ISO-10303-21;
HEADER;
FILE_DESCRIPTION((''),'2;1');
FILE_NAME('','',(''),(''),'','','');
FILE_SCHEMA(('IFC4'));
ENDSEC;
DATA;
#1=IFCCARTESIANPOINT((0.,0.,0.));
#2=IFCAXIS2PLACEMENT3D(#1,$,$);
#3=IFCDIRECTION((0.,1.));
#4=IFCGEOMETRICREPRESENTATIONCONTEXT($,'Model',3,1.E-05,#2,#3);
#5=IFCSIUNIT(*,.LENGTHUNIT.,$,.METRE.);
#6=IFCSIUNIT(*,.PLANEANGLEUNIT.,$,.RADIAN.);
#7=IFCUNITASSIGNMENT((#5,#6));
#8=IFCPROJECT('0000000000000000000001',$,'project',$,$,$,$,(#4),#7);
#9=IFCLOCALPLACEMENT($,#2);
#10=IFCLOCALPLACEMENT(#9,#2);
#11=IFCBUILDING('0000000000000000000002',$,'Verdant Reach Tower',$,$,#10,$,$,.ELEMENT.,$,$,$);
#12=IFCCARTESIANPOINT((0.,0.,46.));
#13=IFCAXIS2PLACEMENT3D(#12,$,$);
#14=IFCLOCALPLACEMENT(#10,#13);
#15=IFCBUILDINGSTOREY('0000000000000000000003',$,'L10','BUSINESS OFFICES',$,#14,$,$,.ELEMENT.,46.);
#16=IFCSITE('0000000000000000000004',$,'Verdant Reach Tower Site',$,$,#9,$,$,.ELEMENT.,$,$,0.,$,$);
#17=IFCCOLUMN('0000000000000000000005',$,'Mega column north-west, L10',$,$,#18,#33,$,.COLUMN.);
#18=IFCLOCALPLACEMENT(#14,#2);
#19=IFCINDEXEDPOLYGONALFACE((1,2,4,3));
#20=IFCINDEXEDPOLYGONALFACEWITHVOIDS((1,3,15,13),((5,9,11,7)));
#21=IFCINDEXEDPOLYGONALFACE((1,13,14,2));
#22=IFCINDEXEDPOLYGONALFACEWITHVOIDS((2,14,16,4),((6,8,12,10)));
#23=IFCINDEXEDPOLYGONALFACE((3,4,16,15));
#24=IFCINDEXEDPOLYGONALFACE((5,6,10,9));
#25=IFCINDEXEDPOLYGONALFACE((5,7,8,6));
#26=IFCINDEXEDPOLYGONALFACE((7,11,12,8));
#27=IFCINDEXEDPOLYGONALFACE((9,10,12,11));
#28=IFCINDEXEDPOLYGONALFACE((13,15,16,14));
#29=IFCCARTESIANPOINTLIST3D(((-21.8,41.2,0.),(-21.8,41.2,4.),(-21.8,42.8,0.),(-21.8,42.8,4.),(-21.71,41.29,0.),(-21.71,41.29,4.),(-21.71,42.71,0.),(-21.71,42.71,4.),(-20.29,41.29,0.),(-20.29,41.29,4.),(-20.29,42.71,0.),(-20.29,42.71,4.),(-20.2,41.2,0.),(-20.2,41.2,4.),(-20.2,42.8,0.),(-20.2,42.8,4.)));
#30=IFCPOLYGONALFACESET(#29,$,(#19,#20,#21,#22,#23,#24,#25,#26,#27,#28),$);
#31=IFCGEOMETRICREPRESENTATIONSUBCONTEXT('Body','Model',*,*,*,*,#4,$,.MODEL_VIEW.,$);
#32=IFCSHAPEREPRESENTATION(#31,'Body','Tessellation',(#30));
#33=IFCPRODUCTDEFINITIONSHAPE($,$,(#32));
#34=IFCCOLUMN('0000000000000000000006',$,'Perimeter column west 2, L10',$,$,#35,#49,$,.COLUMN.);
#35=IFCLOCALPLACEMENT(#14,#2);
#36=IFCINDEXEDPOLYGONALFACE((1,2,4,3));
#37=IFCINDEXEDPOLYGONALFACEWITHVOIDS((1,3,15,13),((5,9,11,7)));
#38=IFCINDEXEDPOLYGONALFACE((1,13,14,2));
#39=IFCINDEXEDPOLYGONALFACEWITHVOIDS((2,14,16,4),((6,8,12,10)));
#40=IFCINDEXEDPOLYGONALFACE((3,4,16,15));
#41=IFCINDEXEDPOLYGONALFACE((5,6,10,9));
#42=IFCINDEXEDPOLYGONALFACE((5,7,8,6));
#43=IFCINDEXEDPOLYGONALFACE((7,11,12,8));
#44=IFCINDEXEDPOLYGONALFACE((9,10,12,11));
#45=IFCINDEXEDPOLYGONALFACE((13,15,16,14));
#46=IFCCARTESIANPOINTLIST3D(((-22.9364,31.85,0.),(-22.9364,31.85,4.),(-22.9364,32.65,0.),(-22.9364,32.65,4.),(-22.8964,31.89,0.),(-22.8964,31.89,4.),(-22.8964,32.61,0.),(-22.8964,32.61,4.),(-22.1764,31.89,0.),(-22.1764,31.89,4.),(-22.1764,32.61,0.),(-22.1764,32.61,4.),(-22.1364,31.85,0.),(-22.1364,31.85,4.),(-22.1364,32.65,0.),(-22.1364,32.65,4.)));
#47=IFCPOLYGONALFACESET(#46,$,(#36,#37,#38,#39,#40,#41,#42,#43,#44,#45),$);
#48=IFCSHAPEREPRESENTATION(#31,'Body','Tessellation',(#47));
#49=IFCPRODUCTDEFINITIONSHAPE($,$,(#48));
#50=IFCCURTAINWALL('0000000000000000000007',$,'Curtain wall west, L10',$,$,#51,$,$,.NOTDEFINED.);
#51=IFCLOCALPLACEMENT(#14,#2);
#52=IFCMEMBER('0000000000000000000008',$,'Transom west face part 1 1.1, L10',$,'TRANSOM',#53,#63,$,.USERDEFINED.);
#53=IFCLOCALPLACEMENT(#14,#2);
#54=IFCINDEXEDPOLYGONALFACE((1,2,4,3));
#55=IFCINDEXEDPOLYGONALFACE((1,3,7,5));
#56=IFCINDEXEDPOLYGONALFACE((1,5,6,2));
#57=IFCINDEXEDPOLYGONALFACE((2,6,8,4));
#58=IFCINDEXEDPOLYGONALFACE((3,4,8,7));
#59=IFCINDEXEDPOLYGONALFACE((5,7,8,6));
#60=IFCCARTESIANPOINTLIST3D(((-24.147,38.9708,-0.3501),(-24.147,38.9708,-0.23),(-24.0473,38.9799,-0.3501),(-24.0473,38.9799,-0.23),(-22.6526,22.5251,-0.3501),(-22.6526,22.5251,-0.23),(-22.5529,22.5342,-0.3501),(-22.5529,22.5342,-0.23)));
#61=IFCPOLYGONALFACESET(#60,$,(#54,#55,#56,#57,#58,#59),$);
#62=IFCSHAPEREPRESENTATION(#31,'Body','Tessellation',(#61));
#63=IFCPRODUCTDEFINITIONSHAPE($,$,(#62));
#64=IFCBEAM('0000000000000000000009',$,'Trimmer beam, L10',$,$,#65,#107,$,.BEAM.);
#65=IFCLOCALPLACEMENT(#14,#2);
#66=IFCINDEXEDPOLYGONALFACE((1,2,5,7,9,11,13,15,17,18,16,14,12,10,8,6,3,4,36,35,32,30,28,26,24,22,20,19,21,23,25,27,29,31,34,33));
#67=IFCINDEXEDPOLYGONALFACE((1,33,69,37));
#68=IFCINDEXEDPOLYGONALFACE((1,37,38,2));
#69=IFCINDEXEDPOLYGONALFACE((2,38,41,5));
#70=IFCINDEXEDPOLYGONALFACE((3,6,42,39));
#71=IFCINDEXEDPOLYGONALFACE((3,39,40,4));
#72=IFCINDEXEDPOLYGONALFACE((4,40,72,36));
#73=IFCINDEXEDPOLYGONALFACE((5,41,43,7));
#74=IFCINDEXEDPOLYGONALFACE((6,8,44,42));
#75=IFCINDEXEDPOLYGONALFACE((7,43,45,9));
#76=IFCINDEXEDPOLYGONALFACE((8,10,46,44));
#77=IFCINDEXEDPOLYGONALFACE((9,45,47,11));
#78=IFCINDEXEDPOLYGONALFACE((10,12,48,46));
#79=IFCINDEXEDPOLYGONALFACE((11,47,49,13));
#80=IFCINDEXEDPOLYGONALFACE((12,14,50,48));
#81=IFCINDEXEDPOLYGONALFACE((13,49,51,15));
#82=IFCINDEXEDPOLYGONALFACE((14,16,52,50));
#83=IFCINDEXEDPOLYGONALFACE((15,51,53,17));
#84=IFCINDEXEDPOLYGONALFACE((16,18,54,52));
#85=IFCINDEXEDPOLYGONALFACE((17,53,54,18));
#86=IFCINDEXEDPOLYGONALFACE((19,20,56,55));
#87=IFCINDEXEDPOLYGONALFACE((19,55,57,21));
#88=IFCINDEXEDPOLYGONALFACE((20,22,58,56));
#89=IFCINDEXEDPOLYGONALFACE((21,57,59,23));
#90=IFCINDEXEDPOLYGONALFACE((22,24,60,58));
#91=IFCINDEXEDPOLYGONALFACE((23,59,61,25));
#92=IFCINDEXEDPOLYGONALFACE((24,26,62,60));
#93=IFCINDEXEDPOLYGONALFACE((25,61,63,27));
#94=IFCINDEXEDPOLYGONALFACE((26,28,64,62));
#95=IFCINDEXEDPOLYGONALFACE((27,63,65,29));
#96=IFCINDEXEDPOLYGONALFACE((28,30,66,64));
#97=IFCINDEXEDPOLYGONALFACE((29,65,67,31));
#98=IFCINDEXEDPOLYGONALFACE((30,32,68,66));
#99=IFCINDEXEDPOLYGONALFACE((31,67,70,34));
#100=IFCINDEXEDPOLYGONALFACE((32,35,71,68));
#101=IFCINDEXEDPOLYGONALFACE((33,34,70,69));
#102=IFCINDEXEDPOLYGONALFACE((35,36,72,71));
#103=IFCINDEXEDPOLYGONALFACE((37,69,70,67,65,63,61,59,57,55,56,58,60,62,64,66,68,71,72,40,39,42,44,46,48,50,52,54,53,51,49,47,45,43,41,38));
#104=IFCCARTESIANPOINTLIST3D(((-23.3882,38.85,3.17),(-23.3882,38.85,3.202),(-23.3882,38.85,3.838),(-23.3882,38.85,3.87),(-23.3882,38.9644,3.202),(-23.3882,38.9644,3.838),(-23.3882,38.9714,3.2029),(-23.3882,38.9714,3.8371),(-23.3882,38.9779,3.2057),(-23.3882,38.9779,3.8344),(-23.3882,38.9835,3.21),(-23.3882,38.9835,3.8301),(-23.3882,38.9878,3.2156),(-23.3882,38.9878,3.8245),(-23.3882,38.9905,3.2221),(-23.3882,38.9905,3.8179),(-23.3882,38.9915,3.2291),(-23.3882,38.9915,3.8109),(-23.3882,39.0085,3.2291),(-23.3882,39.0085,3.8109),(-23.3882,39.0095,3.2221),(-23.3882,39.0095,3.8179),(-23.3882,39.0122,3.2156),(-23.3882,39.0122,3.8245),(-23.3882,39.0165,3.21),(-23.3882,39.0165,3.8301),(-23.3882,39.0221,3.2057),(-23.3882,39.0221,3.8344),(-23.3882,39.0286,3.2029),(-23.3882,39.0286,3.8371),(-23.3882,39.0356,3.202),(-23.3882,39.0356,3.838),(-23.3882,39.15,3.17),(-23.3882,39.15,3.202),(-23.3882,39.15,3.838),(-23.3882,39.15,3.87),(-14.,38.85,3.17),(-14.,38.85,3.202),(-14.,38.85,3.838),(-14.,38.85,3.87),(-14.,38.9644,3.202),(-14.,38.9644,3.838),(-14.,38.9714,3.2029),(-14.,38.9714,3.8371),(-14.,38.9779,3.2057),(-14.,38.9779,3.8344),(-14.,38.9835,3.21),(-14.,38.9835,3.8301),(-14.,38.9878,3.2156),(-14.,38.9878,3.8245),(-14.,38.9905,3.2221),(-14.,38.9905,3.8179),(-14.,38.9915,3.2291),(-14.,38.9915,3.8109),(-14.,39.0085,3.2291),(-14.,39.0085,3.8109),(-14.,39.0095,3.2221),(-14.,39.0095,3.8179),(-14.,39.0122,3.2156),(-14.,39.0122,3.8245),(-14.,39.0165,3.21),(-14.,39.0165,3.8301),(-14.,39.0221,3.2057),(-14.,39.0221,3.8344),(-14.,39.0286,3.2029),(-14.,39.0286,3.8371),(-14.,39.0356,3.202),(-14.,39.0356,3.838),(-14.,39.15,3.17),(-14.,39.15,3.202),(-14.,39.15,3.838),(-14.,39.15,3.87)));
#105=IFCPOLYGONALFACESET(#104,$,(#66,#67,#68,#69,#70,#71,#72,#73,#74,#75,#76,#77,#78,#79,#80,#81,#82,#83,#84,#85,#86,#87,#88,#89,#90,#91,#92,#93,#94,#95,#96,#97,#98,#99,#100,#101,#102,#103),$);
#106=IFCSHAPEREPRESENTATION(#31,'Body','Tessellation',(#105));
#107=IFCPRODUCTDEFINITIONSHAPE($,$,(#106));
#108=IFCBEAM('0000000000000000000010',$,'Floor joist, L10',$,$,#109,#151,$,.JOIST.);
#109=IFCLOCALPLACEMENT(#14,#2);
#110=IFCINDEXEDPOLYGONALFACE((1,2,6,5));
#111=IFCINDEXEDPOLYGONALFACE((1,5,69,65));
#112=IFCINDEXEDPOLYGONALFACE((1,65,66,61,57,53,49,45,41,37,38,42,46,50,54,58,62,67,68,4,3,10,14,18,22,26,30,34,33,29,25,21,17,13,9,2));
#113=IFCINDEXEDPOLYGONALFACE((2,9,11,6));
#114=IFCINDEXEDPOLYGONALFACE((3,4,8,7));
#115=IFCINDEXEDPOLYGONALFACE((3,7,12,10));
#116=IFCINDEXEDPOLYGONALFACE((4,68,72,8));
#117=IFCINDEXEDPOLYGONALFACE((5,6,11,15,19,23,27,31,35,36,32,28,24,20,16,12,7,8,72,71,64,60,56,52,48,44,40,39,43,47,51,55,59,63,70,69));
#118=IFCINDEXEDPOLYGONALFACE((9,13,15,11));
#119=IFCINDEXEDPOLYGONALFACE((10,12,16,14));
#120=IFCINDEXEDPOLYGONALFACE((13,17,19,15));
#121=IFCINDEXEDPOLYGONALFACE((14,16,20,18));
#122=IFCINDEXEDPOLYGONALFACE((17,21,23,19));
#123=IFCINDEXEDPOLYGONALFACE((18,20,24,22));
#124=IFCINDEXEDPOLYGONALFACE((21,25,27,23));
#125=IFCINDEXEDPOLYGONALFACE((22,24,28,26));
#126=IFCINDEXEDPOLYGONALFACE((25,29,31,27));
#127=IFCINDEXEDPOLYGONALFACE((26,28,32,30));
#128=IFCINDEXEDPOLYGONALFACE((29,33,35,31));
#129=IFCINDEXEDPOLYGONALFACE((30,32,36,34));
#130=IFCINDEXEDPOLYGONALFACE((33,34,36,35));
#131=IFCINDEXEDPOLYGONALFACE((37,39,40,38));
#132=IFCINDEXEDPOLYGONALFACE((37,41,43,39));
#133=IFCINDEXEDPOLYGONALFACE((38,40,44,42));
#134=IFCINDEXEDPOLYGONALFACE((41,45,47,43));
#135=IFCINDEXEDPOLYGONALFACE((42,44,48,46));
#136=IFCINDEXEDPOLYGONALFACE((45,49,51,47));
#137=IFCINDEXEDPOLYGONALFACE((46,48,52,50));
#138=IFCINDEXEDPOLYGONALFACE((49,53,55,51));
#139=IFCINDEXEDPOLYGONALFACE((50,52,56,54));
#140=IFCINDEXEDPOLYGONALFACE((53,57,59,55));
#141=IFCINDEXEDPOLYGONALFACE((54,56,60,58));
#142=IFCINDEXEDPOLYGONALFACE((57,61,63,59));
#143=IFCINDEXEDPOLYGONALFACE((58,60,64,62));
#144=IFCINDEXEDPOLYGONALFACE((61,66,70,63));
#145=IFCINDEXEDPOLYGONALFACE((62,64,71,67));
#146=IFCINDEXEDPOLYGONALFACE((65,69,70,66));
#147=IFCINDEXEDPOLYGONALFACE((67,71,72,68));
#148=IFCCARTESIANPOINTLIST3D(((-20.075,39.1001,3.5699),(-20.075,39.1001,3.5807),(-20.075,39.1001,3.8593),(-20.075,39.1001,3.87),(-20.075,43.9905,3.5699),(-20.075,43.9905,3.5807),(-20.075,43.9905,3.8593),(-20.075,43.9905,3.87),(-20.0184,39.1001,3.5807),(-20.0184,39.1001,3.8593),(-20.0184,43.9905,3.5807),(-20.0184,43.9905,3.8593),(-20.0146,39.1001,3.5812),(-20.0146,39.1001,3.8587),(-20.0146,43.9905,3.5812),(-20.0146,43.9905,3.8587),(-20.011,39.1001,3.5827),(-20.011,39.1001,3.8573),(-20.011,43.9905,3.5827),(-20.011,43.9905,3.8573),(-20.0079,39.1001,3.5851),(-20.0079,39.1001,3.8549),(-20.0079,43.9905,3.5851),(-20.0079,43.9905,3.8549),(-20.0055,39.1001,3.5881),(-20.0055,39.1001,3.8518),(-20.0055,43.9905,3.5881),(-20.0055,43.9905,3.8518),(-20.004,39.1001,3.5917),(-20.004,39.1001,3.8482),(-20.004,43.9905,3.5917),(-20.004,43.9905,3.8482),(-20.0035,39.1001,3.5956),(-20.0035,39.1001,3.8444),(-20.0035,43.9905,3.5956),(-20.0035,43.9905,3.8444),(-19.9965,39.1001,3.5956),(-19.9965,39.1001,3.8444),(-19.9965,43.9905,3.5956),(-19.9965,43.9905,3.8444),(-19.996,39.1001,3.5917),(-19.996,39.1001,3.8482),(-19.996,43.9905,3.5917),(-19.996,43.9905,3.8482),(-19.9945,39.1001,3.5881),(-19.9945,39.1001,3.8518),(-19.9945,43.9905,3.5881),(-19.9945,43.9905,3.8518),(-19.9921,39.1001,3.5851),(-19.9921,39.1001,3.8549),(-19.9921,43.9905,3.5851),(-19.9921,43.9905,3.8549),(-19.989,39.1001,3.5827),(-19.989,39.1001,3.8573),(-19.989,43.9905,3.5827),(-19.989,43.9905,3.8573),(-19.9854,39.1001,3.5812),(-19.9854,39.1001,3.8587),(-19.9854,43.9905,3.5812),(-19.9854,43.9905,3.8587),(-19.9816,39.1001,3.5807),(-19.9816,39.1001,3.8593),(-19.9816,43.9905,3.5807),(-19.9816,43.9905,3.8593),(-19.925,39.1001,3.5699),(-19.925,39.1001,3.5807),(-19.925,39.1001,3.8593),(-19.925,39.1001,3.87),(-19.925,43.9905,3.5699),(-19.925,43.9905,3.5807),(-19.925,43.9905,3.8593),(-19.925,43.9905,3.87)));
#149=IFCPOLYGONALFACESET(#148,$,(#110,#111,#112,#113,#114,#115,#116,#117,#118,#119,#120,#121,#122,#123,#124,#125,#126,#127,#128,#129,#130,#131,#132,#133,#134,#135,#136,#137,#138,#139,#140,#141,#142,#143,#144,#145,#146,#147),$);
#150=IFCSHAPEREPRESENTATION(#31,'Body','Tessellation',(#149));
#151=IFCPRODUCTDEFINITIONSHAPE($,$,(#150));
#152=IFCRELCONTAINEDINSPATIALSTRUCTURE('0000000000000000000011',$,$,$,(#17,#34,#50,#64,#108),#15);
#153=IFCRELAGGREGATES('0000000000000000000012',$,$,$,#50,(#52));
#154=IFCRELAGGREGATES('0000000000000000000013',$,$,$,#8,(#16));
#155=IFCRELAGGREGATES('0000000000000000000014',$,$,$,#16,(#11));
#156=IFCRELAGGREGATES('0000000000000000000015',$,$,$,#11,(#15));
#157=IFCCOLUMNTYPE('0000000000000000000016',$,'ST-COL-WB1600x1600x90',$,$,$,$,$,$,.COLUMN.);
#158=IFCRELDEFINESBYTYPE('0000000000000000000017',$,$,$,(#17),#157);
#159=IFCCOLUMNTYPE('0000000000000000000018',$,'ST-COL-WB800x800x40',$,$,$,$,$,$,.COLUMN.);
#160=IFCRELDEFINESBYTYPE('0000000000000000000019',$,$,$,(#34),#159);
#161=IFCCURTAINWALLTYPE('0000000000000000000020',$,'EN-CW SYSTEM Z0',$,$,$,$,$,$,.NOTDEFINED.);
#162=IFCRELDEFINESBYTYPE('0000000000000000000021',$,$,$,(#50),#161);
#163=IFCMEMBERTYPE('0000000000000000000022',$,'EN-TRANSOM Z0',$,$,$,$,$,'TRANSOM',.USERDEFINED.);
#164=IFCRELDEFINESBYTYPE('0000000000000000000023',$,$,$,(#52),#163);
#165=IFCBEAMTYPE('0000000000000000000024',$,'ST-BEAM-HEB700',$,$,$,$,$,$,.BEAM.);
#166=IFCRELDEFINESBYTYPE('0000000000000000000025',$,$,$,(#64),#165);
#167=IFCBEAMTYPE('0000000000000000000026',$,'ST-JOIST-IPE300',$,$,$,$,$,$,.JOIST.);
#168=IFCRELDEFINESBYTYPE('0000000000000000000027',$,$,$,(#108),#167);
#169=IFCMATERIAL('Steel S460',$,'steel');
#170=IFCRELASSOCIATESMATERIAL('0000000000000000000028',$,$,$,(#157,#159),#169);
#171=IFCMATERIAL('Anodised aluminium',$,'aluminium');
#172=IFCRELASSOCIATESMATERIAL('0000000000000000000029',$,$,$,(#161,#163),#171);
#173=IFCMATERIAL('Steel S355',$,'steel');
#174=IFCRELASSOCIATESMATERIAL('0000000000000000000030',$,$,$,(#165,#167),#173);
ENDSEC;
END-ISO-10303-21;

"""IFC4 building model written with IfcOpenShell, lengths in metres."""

from ifc_helpers import new_model, si_unit, direction, frame, origin, origin_2d, place, context, subcontext, project, spatial, rectangle, hollow_rectangle, i_section, extrude, material, material_profile, profile_set, type_object, element, aggregate, save


model = new_model("IFC4")

# Units and contexts
model_context = context("Model", 3, precision=1e-05, world=origin(), true_north=direction((0.0, 1.0)))
body_context = subcontext(model_context, "Body", "Model", "MODEL_VIEW")
ifc_project = project(units=[si_unit("LENGTHUNIT", "METRE"), si_unit("PLANEANGLEUNIT", "RADIAN")], contexts=[model_context])

# Site, building, storey
site_placement = place(None, origin())
site = spatial("IfcSite", under=ifc_project, at=site_placement, Name="Verdant Reach Tower Site", CompositionType="ELEMENT", RefElevation=0.0)
building_placement = place(site_placement, origin())
building = spatial("IfcBuilding", under=site, at=building_placement, Name="Verdant Reach Tower", CompositionType="ELEMENT")
storey_placement = place(building_placement, frame((0.0, 0.0, 46.0)))
storey = spatial("IfcBuildingStorey", under=building, at=storey_placement, Name="L10", Description="BUSINESS OFFICES", CompositionType="ELEMENT", Elevation=46.0)

# Columns
ifc_material_1 = material(Name="Steel S460", Category="steel")
ifc_material_profile_1 = material_profile(ifc_material_1, hollow_rectangle(XDim=1.6001, YDim=1.6001, WallThickness=0.0901, at=origin_2d()), Name="WB 1600x1600x90")
ifc_profile_set_1 = profile_set([ifc_material_profile_1], Name="Steel S460")
column_type_1 = type_object("IfcColumnType", Name="ST-COL-WB1600x1600x90", PredefinedType="COLUMN", material=ifc_profile_set_1)
column_1_placement = place(storey_placement, frame((-21.0, 42.0, 0.0), z_axis=(0.0, 0.0, 1.0), x_axis=(1.0, 0.0, 0.0)))
element("IfcColumn", 1, at=column_1_placement, inside=storey, type_object=column_type_1, Name="Mega column north-west, L10", PredefinedType="COLUMN", context=body_context, shape_type="SweptSolid", body=[
    extrude(hollow_rectangle(XDim=1.6001, YDim=1.6001, WallThickness=0.0901, at=origin_2d()), origin(), (0.0, 0.0, 1.0), 4.0),
])
ifc_material_profile_2 = material_profile(ifc_material_1, hollow_rectangle(XDim=0.8, YDim=0.8, WallThickness=0.04, at=origin_2d()), Name="WB 800x800x40")
ifc_profile_set_2 = profile_set([ifc_material_profile_2], Name="Steel S460")
column_type_2 = type_object("IfcColumnType", Name="ST-COL-WB800x800x40", PredefinedType="COLUMN", material=ifc_profile_set_2)
column_2_placement = place(storey_placement, frame((-22.5364, 32.25, 0.0), z_axis=(0.0, 0.0, 1.0), x_axis=(1.0, 0.0, 0.0)))
element("IfcColumn", 2, at=column_2_placement, inside=storey, type_object=column_type_2, Name="Perimeter column west 2, L10", PredefinedType="COLUMN", context=body_context, shape_type="SweptSolid", body=[
    extrude(hollow_rectangle(XDim=0.8, YDim=0.8, WallThickness=0.04, at=origin_2d()), origin(), (0.0, 0.0, 1.0), 4.0),
])

# Curtain wall, member
ifc_material_2 = material(Name="Anodised aluminium", Category="aluminium")
curtain_wall_type = type_object("IfcCurtainWallType", Name="EN-CW SYSTEM Z0", PredefinedType="NOTDEFINED", material=ifc_material_2)
curtain_wall_1_placement = place(storey_placement, origin())
curtain_wall_1 = element("IfcCurtainWall", 3, at=curtain_wall_1_placement, inside=storey, type_object=curtain_wall_type, Name="Curtain wall west, L10", PredefinedType="NOTDEFINED")
ifc_material_profile_3 = material_profile(ifc_material_2, rectangle(XDim=0.1001, YDim=0.1201, at=origin_2d()), Name="Transom 120x100")
ifc_profile_set_3 = profile_set([ifc_material_profile_3], Name="Anodised aluminium")
member_type = type_object("IfcMemberType", Name="EN-TRANSOM Z0", ElementType="TRANSOM", PredefinedType="USERDEFINED", material=ifc_profile_set_3)
member_placement = place(storey_placement, frame((-24.0972, 38.9753, -0.29), z_axis=(0.090496, -0.995897, 0.0), x_axis=(0.995897, 0.090496, 0.0)))
member = element("IfcMember", 4, at=member_placement, type_object=member_type, Name="Transom west face part 1 1.1, L10", ObjectType="TRANSOM", PredefinedType="USERDEFINED", context=body_context, shape_type="SweptSolid", body=[
    extrude(rectangle(XDim=0.1001, YDim=0.1201, at=origin_2d()), origin(), (0.0, 0.0, 1.0), 16.5134),
])

# Beams
ifc_material_3 = material(Name="Steel S355", Category="steel")
ifc_material_profile_4 = material_profile(ifc_material_3, i_section(OverallWidth=0.3, OverallDepth=0.7, WebThickness=0.0171, FlangeThickness=0.032, FilletRadius=0.0271, at=origin_2d()), Name="HEB 700")
ifc_profile_set_4 = profile_set([ifc_material_profile_4], Name="Steel S355")
beam_type_1 = type_object("IfcBeamType", Name="ST-BEAM-HEB700", PredefinedType="BEAM", material=ifc_profile_set_4)
beam_1_placement = place(storey_placement, frame((-14.0, 39.0, 3.52), z_axis=(-1.0, 0.0, 0.0), x_axis=(0.0, -1.0, 0.0)))
element("IfcBeam", 5, at=beam_1_placement, inside=storey, type_object=beam_type_1, Name="Trimmer beam, L10", PredefinedType="BEAM", context=body_context, shape_type="SweptSolid", body=[
    extrude(i_section(OverallWidth=0.3, OverallDepth=0.7, WebThickness=0.0171, FlangeThickness=0.032, FilletRadius=0.0271, at=origin_2d()), origin(), (0.0, 0.0, 1.0), 9.3882),
])
ifc_material_profile_5 = material_profile(ifc_material_3, i_section(OverallWidth=0.1499, OverallDepth=0.3, WebThickness=0.0071, FlangeThickness=0.0107, FilletRadius=0.0149, at=origin_2d()), Name="IPE 300")
ifc_profile_set_5 = profile_set([ifc_material_profile_5], Name="Steel S355")
beam_type_2 = type_object("IfcBeamType", Name="ST-JOIST-IPE300", PredefinedType="JOIST", material=ifc_profile_set_5)
beam_2_placement = place(storey_placement, frame((-20.0, 39.1001, 3.72), z_axis=(0.0, 1.0, 0.0), x_axis=(-1.0, 0.0, 0.0)))
element("IfcBeam", 6, at=beam_2_placement, inside=storey, type_object=beam_type_2, Name="Floor joist, L10", PredefinedType="JOIST", context=body_context, shape_type="SweptSolid", body=[
    extrude(i_section(OverallWidth=0.1499, OverallDepth=0.3, WebThickness=0.0071, FlangeThickness=0.0107, FilletRadius=0.0149, at=origin_2d()), origin(), (0.0, 0.0, 1.0), 4.8904),
])

aggregate(curtain_wall_1, [member])

save(model, "model.ifc")
